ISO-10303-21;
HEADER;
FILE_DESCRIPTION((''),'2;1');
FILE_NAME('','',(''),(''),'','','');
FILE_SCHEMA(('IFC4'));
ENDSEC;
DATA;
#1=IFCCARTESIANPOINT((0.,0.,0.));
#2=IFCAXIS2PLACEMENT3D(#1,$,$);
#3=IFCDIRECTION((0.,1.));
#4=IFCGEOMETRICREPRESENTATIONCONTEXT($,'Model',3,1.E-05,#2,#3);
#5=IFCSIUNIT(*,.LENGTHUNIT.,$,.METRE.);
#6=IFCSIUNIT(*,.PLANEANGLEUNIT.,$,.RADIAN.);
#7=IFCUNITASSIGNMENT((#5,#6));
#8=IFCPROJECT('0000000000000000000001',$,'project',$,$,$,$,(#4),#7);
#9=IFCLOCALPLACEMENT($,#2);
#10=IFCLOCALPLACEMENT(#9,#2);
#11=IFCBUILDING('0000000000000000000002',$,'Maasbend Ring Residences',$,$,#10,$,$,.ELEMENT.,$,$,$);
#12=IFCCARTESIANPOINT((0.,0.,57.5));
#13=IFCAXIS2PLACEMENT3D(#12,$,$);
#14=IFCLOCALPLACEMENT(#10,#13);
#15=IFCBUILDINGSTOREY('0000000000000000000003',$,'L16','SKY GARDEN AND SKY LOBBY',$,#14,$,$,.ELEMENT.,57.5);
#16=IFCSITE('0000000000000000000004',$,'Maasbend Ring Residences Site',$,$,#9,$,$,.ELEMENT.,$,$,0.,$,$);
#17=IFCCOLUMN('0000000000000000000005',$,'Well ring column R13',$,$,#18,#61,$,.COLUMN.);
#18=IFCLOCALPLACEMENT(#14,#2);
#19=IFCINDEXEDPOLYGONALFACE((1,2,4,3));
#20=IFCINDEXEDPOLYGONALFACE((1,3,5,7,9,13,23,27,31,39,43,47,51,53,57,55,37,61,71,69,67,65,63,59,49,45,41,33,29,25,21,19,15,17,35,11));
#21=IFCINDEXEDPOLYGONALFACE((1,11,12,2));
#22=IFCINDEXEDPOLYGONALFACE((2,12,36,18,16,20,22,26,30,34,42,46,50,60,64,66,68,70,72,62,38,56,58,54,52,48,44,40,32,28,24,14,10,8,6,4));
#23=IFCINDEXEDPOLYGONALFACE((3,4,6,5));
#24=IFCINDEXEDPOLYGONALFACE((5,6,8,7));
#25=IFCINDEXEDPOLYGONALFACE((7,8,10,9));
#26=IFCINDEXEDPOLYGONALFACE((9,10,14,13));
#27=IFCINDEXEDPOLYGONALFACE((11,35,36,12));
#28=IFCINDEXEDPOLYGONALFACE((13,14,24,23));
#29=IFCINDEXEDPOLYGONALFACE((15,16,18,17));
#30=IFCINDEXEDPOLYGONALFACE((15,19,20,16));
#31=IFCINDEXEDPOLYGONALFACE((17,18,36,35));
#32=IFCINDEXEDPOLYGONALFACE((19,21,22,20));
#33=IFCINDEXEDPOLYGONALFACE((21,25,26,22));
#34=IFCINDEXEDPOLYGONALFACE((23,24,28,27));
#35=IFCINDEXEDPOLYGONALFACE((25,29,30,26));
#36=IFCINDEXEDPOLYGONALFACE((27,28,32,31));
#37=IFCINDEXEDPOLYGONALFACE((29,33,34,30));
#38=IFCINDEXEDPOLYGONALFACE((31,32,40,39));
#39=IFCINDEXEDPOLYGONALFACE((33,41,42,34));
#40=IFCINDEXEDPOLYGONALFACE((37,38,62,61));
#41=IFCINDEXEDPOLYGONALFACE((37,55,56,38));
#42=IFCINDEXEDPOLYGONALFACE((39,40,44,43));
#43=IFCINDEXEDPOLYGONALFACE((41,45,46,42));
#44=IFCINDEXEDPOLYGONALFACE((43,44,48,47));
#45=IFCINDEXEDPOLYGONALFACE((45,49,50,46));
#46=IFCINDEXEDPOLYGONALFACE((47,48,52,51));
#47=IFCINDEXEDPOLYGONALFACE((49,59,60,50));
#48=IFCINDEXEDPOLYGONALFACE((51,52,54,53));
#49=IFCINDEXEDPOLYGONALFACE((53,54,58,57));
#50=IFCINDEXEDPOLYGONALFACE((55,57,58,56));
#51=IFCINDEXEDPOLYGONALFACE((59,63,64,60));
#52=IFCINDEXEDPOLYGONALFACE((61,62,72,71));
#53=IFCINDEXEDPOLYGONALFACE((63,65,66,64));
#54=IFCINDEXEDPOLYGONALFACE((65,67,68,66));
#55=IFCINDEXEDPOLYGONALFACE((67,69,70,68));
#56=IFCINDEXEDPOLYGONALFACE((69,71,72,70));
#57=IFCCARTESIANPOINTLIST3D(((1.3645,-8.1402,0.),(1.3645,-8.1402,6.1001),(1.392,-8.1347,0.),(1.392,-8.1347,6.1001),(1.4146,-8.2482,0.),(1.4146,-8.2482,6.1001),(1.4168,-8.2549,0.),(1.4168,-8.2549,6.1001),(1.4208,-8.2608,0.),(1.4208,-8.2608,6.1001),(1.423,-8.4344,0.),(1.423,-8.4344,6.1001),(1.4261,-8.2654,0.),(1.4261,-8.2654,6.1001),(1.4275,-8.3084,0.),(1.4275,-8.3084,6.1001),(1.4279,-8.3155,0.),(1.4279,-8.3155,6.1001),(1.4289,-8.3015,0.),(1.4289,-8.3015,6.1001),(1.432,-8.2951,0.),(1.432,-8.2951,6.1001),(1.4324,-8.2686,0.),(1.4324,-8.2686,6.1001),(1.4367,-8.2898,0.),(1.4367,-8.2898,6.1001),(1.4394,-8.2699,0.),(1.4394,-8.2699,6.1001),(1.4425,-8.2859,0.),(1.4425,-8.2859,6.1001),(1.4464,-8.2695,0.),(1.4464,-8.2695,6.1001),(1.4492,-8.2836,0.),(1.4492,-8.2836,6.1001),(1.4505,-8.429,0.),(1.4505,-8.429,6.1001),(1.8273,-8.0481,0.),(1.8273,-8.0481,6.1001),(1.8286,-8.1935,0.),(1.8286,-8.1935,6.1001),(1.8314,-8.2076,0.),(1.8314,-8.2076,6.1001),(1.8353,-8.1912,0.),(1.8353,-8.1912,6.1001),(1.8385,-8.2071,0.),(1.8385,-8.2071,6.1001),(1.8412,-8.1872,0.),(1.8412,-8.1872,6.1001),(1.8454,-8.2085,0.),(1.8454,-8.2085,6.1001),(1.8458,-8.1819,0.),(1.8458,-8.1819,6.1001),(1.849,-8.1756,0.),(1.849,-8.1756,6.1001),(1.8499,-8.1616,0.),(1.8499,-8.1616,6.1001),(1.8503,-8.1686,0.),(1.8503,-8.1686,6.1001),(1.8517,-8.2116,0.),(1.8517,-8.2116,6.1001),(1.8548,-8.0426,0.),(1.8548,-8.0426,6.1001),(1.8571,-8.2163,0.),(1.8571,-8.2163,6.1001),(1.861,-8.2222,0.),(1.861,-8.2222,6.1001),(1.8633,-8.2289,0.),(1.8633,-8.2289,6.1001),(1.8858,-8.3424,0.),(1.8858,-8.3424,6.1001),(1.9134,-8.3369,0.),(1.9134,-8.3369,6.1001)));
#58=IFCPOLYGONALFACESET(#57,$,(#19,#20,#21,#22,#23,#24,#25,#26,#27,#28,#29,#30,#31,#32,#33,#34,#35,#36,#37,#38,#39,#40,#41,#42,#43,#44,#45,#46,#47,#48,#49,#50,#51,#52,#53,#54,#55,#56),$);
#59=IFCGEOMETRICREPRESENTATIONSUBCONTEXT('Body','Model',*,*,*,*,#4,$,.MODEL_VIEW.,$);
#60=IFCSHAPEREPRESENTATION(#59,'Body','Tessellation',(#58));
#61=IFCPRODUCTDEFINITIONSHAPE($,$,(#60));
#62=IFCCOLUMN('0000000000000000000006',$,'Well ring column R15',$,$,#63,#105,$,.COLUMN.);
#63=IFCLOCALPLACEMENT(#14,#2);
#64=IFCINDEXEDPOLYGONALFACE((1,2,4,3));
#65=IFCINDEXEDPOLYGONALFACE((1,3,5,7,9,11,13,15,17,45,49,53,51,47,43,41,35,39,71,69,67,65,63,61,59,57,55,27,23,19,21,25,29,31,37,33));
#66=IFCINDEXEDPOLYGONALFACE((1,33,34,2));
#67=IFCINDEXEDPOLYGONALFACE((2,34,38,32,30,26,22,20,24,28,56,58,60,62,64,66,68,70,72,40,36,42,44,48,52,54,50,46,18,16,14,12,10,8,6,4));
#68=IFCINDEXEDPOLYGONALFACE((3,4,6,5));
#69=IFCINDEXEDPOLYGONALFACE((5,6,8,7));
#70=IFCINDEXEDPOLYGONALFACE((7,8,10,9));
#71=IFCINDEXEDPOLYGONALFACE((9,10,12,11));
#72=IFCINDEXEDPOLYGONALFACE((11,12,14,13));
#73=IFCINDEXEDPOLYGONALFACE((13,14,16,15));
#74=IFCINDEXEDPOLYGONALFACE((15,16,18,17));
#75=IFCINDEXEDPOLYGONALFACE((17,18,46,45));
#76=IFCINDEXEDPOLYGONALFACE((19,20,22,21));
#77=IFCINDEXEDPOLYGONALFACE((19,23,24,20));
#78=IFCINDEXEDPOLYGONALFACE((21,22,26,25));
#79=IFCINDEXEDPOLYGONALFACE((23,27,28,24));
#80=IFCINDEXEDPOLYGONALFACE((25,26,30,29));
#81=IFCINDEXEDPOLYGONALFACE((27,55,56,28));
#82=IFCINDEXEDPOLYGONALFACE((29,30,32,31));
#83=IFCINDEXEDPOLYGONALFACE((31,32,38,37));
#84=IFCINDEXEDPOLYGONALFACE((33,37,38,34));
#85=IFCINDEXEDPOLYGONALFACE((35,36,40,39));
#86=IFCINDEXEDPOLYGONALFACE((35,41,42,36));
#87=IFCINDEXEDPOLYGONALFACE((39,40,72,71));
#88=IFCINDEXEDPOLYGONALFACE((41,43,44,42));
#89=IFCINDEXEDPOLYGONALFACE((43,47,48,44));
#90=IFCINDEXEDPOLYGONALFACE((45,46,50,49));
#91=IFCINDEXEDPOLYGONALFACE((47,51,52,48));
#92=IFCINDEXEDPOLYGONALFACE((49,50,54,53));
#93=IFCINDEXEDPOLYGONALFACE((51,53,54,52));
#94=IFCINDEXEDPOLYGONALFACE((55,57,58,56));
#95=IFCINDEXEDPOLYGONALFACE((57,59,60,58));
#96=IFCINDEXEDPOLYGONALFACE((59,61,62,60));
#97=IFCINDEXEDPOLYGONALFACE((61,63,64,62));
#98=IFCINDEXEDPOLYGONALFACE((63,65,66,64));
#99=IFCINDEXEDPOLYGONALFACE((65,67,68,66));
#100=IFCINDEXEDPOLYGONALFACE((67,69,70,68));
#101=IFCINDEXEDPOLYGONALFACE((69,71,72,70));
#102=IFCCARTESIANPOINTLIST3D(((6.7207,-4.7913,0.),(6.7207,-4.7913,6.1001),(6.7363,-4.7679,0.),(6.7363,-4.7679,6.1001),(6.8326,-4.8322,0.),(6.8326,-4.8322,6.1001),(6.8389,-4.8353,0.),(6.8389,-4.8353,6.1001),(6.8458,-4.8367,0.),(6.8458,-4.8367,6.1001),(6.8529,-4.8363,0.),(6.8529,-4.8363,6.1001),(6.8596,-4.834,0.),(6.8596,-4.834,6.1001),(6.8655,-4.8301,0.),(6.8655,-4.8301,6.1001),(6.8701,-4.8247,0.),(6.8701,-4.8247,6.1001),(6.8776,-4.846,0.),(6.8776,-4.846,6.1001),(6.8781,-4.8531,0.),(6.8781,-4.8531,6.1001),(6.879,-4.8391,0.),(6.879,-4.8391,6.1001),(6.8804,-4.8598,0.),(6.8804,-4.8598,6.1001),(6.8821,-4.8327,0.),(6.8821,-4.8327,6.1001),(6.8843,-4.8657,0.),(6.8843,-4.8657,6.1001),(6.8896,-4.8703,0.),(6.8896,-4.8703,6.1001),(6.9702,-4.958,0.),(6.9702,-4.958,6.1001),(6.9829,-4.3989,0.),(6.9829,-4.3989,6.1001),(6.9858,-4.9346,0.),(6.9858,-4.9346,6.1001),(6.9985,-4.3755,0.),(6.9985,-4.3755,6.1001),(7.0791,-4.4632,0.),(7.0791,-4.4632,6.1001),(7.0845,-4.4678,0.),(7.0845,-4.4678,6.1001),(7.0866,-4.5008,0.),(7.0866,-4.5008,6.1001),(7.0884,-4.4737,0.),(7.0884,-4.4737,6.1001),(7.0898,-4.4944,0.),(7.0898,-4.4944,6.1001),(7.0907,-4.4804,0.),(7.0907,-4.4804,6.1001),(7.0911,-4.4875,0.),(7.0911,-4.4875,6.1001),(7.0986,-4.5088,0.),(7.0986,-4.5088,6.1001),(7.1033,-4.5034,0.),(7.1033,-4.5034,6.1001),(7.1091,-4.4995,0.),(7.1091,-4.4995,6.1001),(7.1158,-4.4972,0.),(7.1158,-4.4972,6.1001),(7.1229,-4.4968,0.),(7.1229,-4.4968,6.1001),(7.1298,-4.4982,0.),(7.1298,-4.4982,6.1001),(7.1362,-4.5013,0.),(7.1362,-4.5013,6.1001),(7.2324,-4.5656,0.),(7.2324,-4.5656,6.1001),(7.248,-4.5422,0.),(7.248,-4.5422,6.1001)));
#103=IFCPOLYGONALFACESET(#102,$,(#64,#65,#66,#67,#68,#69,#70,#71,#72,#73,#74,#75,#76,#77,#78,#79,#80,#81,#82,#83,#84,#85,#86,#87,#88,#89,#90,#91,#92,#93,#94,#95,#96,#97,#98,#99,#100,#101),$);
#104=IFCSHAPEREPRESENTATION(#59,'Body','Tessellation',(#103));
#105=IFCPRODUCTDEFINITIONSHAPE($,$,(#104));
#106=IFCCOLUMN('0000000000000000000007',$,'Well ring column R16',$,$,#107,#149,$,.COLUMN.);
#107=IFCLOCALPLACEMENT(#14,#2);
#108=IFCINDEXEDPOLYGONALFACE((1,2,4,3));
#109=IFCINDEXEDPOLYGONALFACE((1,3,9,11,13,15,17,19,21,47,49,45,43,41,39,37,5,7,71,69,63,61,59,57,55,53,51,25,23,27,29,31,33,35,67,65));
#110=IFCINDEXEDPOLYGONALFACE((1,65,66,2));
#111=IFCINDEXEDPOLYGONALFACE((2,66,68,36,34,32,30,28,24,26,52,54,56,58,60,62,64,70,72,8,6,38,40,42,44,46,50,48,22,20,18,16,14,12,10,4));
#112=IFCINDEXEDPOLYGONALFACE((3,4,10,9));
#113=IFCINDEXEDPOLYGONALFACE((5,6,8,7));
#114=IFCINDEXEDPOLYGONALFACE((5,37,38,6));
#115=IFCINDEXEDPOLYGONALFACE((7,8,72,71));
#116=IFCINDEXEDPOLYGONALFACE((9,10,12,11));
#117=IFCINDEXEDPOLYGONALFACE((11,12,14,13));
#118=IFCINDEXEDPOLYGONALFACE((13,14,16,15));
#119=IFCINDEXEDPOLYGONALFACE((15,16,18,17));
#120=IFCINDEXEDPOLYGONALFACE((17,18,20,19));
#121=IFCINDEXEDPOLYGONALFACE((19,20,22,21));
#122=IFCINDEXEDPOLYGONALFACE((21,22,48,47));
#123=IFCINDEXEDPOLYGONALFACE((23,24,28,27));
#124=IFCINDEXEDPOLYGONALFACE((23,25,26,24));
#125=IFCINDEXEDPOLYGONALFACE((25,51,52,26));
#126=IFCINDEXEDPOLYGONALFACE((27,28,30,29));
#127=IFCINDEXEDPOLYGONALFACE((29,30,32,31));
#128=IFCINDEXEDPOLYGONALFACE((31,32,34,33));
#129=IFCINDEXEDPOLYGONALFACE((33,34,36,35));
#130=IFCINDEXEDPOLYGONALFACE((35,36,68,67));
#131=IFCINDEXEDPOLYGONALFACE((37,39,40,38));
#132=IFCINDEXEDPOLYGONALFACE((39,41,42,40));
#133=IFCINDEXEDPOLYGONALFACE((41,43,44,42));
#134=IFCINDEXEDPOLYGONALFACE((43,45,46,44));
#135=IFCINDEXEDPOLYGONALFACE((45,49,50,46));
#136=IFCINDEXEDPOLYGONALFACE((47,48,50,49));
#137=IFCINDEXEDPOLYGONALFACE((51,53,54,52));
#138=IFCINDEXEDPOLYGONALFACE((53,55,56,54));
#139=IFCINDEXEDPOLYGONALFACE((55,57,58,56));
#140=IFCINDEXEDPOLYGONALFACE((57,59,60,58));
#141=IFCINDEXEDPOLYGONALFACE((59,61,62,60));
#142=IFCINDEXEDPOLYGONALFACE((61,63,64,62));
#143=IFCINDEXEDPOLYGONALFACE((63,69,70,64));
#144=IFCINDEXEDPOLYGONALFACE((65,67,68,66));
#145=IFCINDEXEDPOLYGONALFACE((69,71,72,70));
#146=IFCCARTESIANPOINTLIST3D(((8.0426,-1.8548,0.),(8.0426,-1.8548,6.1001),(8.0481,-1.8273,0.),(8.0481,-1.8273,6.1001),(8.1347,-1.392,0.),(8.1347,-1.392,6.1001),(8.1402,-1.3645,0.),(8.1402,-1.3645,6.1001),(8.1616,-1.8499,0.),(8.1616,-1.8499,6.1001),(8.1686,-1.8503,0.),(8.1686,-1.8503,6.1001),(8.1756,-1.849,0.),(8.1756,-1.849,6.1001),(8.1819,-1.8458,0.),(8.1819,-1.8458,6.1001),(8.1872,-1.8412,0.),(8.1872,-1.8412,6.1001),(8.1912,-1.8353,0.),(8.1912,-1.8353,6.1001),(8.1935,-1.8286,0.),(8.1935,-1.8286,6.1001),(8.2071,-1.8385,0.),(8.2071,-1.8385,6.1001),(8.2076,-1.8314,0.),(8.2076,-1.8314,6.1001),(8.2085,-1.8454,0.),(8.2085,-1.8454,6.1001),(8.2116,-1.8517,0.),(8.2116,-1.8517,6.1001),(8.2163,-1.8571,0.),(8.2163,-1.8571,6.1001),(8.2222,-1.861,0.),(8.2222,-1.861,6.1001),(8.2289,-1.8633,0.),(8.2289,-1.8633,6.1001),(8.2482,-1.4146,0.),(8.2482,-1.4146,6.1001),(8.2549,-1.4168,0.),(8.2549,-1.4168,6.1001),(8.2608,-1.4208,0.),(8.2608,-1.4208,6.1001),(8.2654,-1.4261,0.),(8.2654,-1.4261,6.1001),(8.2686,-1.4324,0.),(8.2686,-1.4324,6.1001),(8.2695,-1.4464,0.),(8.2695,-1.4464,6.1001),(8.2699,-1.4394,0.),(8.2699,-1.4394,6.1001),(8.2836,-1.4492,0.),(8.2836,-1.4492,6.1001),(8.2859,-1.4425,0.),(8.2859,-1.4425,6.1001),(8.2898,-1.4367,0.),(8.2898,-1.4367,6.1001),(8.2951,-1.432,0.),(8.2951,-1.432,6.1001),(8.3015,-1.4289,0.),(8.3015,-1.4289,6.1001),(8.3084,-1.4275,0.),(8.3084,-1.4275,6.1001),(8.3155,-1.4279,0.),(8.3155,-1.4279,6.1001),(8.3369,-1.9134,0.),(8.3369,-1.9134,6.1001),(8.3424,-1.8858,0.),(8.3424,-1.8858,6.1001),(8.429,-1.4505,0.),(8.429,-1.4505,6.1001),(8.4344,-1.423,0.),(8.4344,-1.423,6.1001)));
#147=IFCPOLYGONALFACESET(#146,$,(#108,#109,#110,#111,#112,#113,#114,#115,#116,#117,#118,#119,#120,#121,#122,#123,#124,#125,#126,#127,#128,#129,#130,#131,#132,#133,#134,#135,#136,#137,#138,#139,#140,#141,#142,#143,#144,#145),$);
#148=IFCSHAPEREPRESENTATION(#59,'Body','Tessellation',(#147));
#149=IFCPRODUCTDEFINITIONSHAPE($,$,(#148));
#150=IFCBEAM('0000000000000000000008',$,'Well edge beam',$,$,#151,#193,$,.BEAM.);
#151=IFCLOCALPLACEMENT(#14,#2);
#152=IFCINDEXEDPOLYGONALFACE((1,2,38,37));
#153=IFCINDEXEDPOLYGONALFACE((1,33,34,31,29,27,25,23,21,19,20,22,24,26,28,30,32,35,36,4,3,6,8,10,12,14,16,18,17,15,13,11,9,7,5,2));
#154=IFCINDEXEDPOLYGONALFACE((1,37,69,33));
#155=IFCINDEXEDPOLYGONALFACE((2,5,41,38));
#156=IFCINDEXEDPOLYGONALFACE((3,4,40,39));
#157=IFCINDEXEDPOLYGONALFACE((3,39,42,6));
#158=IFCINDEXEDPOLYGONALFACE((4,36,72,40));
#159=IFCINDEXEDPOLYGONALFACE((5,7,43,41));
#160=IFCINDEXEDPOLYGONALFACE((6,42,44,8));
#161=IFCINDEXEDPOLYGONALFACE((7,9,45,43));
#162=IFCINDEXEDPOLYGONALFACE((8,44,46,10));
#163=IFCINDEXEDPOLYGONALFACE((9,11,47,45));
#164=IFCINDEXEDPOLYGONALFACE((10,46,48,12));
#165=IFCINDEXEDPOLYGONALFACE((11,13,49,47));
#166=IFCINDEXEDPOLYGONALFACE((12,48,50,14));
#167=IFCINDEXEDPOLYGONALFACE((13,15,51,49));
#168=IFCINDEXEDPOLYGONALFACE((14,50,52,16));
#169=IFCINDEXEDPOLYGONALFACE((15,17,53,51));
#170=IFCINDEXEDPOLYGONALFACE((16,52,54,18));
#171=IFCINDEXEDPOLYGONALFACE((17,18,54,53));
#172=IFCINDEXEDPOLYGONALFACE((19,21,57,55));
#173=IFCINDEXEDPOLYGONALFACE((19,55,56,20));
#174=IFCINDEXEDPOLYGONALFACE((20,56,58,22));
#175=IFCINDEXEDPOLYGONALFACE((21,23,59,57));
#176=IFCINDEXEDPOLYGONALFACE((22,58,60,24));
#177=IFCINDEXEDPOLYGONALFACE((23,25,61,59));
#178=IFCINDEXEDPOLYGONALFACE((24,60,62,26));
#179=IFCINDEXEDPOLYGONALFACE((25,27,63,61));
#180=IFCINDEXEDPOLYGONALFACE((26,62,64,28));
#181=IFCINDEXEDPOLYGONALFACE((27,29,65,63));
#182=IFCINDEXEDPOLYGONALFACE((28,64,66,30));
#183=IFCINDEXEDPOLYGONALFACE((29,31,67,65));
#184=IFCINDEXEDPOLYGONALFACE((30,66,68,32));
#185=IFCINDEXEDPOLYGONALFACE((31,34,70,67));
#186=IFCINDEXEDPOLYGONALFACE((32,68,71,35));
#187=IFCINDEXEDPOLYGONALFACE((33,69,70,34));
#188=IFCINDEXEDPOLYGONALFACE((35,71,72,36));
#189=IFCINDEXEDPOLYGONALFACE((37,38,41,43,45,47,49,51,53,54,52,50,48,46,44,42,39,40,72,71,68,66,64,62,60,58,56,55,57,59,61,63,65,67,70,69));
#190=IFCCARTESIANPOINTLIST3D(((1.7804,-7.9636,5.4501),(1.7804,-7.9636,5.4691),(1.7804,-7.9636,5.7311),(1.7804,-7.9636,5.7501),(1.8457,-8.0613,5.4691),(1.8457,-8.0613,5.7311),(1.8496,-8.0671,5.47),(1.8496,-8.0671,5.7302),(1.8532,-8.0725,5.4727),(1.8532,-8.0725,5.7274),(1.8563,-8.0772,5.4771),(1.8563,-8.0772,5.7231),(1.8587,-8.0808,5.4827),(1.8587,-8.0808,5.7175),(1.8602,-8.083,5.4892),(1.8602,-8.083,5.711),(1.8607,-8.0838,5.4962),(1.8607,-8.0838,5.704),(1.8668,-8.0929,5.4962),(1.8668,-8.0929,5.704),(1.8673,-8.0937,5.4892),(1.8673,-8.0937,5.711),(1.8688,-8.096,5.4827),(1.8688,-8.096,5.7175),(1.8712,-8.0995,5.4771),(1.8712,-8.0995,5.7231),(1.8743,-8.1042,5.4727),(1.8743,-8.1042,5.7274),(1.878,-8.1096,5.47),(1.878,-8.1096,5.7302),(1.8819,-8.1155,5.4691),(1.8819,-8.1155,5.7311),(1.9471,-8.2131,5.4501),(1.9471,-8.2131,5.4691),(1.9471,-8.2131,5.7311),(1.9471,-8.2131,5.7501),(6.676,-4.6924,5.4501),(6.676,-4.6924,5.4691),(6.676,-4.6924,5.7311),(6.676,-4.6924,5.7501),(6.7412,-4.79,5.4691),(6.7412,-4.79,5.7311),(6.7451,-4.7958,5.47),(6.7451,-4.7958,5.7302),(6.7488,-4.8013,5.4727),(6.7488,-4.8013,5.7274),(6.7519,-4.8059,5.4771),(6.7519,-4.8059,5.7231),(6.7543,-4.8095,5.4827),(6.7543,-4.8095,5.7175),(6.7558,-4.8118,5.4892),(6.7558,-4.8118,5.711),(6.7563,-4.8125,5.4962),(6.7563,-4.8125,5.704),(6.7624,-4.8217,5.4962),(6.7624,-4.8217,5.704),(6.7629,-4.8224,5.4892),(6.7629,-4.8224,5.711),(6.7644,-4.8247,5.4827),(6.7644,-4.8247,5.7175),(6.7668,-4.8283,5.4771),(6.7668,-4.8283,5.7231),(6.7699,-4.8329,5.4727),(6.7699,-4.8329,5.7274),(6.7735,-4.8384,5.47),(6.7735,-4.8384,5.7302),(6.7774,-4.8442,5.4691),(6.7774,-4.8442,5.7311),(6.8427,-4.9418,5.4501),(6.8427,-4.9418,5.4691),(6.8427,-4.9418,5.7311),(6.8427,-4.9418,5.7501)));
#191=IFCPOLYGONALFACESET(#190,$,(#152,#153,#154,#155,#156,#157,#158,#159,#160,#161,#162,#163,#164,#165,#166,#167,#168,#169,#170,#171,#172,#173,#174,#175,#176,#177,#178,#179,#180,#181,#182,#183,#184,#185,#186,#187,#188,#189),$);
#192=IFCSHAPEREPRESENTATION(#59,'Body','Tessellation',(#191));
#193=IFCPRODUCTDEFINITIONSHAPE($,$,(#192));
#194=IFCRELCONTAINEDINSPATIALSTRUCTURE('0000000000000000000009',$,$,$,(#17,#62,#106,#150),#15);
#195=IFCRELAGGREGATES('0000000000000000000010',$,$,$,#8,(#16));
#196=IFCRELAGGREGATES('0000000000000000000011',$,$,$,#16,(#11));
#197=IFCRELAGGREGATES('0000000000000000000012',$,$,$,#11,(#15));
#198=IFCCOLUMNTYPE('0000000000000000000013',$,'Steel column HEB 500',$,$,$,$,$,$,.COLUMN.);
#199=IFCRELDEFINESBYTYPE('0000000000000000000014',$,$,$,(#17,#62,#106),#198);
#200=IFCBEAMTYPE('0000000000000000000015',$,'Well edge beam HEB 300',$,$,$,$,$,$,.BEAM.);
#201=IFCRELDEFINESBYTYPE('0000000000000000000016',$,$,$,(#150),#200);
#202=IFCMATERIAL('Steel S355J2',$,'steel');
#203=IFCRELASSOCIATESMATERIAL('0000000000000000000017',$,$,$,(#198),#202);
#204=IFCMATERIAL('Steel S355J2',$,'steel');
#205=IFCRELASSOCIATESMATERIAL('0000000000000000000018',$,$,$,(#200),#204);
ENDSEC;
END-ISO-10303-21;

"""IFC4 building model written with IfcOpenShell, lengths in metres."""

from ifc_helpers import new_model, si_unit, direction, frame, origin, origin_2d, place, context, subcontext, project, spatial, i_section, extrude, material, material_profile, profile_set, type_object, element, save


model = new_model("IFC4")

# Units and contexts
model_context = context("Model", 3, precision=1e-05, world=origin(), true_north=direction((0.0, 1.0)))
body_context = subcontext(model_context, "Body", "Model", "MODEL_VIEW")
ifc_project = project(units=[si_unit("LENGTHUNIT", "METRE"), si_unit("PLANEANGLEUNIT", "RADIAN")], contexts=[model_context])

# Site, building, storey
site_placement = place(None, origin())
site = spatial("IfcSite", under=ifc_project, at=site_placement, Name="Maasbend Ring Residences Site", CompositionType="ELEMENT", RefElevation=0.0)
building_placement = place(site_placement, origin())
building = spatial("IfcBuilding", under=site, at=building_placement, Name="Maasbend Ring Residences", CompositionType="ELEMENT")
storey_placement = place(building_placement, frame((0.0, 0.0, 57.5)))
storey = spatial("IfcBuildingStorey", under=building, at=storey_placement, Name="L16", Description="SKY GARDEN AND SKY LOBBY", CompositionType="ELEMENT", Elevation=57.5)

# Columns
ifc_material_1 = material(Name="Steel S355J2", Category="steel")
ifc_material_profile_1 = material_profile(ifc_material_1, i_section(OverallWidth=0.3, OverallDepth=0.5, WebThickness=0.0144, FlangeThickness=0.0281, FilletRadius=0.0271, at=origin_2d()), Name="HEB 500")
ifc_profile_set_1 = profile_set([ifc_material_profile_1], Name="Steel S355J2")
column_type = type_object("IfcColumnType", Name="Steel column HEB 500", PredefinedType="COLUMN", material=ifc_profile_set_1)
for number, where, z_axis, x_axis, name in (
    (1, (1.6389, -8.2385, 0.0), (0.0, 0.0, 1.0), (0.19509, -0.980785, 0.0), "Well ring column R13"),
    (2, (6.9844, -4.6667, 0.0), (0.0, 0.0, 1.0), (0.83147, -0.55557, 0.0), "Well ring column R15"),
    (3, (8.2385, -1.6389, 0.0), (0.0, 0.0, 1.0), (0.980785, -0.19509, 0.0), "Well ring column R16"),
):
    element("IfcColumn", number, at=place(storey_placement, frame(where, z_axis=z_axis, x_axis=x_axis)), inside=storey, type_object=column_type, Name=name, PredefinedType="COLUMN", context=body_context, shape_type="SweptSolid", body=[
        extrude(i_section(OverallWidth=0.3, OverallDepth=0.5, WebThickness=0.0144, FlangeThickness=0.0281, FilletRadius=0.0271, at=origin_2d()), origin(), (0.0, 0.0, 1.0), 6.1001),
    ])

# Beam
ifc_material_2 = material(Name="Steel S355J2", Category="steel")
ifc_material_profile_2 = material_profile(ifc_material_2, i_section(OverallWidth=0.3, OverallDepth=0.3, WebThickness=0.011, FlangeThickness=0.019, FilletRadius=0.0271, at=origin_2d()), Name="HEB 300")
ifc_profile_set_2 = profile_set([ifc_material_profile_2], Name="Steel S355J2")
beam_type = type_object("IfcBeamType", Name="Well edge beam HEB 300", PredefinedType="BEAM", material=ifc_profile_set_2)
beam_1_placement = place(storey_placement, frame((1.8638, -8.0884, 5.6001), z_axis=(0.831457, 0.55559, 0.0), x_axis=(-0.55559, 0.831457, 0.0)))
element("IfcBeam", 4, at=beam_1_placement, inside=storey, type_object=beam_type, Name="Well edge beam", PredefinedType="BEAM", context=body_context, shape_type="SweptSolid", body=[
    extrude(i_section(OverallWidth=0.3, OverallDepth=0.3, WebThickness=0.011, FlangeThickness=0.019, FilletRadius=0.0271, at=origin_2d()), origin(), (0.0, 0.0, 1.0), 5.8879),
])

save(model, "model.ifc")
